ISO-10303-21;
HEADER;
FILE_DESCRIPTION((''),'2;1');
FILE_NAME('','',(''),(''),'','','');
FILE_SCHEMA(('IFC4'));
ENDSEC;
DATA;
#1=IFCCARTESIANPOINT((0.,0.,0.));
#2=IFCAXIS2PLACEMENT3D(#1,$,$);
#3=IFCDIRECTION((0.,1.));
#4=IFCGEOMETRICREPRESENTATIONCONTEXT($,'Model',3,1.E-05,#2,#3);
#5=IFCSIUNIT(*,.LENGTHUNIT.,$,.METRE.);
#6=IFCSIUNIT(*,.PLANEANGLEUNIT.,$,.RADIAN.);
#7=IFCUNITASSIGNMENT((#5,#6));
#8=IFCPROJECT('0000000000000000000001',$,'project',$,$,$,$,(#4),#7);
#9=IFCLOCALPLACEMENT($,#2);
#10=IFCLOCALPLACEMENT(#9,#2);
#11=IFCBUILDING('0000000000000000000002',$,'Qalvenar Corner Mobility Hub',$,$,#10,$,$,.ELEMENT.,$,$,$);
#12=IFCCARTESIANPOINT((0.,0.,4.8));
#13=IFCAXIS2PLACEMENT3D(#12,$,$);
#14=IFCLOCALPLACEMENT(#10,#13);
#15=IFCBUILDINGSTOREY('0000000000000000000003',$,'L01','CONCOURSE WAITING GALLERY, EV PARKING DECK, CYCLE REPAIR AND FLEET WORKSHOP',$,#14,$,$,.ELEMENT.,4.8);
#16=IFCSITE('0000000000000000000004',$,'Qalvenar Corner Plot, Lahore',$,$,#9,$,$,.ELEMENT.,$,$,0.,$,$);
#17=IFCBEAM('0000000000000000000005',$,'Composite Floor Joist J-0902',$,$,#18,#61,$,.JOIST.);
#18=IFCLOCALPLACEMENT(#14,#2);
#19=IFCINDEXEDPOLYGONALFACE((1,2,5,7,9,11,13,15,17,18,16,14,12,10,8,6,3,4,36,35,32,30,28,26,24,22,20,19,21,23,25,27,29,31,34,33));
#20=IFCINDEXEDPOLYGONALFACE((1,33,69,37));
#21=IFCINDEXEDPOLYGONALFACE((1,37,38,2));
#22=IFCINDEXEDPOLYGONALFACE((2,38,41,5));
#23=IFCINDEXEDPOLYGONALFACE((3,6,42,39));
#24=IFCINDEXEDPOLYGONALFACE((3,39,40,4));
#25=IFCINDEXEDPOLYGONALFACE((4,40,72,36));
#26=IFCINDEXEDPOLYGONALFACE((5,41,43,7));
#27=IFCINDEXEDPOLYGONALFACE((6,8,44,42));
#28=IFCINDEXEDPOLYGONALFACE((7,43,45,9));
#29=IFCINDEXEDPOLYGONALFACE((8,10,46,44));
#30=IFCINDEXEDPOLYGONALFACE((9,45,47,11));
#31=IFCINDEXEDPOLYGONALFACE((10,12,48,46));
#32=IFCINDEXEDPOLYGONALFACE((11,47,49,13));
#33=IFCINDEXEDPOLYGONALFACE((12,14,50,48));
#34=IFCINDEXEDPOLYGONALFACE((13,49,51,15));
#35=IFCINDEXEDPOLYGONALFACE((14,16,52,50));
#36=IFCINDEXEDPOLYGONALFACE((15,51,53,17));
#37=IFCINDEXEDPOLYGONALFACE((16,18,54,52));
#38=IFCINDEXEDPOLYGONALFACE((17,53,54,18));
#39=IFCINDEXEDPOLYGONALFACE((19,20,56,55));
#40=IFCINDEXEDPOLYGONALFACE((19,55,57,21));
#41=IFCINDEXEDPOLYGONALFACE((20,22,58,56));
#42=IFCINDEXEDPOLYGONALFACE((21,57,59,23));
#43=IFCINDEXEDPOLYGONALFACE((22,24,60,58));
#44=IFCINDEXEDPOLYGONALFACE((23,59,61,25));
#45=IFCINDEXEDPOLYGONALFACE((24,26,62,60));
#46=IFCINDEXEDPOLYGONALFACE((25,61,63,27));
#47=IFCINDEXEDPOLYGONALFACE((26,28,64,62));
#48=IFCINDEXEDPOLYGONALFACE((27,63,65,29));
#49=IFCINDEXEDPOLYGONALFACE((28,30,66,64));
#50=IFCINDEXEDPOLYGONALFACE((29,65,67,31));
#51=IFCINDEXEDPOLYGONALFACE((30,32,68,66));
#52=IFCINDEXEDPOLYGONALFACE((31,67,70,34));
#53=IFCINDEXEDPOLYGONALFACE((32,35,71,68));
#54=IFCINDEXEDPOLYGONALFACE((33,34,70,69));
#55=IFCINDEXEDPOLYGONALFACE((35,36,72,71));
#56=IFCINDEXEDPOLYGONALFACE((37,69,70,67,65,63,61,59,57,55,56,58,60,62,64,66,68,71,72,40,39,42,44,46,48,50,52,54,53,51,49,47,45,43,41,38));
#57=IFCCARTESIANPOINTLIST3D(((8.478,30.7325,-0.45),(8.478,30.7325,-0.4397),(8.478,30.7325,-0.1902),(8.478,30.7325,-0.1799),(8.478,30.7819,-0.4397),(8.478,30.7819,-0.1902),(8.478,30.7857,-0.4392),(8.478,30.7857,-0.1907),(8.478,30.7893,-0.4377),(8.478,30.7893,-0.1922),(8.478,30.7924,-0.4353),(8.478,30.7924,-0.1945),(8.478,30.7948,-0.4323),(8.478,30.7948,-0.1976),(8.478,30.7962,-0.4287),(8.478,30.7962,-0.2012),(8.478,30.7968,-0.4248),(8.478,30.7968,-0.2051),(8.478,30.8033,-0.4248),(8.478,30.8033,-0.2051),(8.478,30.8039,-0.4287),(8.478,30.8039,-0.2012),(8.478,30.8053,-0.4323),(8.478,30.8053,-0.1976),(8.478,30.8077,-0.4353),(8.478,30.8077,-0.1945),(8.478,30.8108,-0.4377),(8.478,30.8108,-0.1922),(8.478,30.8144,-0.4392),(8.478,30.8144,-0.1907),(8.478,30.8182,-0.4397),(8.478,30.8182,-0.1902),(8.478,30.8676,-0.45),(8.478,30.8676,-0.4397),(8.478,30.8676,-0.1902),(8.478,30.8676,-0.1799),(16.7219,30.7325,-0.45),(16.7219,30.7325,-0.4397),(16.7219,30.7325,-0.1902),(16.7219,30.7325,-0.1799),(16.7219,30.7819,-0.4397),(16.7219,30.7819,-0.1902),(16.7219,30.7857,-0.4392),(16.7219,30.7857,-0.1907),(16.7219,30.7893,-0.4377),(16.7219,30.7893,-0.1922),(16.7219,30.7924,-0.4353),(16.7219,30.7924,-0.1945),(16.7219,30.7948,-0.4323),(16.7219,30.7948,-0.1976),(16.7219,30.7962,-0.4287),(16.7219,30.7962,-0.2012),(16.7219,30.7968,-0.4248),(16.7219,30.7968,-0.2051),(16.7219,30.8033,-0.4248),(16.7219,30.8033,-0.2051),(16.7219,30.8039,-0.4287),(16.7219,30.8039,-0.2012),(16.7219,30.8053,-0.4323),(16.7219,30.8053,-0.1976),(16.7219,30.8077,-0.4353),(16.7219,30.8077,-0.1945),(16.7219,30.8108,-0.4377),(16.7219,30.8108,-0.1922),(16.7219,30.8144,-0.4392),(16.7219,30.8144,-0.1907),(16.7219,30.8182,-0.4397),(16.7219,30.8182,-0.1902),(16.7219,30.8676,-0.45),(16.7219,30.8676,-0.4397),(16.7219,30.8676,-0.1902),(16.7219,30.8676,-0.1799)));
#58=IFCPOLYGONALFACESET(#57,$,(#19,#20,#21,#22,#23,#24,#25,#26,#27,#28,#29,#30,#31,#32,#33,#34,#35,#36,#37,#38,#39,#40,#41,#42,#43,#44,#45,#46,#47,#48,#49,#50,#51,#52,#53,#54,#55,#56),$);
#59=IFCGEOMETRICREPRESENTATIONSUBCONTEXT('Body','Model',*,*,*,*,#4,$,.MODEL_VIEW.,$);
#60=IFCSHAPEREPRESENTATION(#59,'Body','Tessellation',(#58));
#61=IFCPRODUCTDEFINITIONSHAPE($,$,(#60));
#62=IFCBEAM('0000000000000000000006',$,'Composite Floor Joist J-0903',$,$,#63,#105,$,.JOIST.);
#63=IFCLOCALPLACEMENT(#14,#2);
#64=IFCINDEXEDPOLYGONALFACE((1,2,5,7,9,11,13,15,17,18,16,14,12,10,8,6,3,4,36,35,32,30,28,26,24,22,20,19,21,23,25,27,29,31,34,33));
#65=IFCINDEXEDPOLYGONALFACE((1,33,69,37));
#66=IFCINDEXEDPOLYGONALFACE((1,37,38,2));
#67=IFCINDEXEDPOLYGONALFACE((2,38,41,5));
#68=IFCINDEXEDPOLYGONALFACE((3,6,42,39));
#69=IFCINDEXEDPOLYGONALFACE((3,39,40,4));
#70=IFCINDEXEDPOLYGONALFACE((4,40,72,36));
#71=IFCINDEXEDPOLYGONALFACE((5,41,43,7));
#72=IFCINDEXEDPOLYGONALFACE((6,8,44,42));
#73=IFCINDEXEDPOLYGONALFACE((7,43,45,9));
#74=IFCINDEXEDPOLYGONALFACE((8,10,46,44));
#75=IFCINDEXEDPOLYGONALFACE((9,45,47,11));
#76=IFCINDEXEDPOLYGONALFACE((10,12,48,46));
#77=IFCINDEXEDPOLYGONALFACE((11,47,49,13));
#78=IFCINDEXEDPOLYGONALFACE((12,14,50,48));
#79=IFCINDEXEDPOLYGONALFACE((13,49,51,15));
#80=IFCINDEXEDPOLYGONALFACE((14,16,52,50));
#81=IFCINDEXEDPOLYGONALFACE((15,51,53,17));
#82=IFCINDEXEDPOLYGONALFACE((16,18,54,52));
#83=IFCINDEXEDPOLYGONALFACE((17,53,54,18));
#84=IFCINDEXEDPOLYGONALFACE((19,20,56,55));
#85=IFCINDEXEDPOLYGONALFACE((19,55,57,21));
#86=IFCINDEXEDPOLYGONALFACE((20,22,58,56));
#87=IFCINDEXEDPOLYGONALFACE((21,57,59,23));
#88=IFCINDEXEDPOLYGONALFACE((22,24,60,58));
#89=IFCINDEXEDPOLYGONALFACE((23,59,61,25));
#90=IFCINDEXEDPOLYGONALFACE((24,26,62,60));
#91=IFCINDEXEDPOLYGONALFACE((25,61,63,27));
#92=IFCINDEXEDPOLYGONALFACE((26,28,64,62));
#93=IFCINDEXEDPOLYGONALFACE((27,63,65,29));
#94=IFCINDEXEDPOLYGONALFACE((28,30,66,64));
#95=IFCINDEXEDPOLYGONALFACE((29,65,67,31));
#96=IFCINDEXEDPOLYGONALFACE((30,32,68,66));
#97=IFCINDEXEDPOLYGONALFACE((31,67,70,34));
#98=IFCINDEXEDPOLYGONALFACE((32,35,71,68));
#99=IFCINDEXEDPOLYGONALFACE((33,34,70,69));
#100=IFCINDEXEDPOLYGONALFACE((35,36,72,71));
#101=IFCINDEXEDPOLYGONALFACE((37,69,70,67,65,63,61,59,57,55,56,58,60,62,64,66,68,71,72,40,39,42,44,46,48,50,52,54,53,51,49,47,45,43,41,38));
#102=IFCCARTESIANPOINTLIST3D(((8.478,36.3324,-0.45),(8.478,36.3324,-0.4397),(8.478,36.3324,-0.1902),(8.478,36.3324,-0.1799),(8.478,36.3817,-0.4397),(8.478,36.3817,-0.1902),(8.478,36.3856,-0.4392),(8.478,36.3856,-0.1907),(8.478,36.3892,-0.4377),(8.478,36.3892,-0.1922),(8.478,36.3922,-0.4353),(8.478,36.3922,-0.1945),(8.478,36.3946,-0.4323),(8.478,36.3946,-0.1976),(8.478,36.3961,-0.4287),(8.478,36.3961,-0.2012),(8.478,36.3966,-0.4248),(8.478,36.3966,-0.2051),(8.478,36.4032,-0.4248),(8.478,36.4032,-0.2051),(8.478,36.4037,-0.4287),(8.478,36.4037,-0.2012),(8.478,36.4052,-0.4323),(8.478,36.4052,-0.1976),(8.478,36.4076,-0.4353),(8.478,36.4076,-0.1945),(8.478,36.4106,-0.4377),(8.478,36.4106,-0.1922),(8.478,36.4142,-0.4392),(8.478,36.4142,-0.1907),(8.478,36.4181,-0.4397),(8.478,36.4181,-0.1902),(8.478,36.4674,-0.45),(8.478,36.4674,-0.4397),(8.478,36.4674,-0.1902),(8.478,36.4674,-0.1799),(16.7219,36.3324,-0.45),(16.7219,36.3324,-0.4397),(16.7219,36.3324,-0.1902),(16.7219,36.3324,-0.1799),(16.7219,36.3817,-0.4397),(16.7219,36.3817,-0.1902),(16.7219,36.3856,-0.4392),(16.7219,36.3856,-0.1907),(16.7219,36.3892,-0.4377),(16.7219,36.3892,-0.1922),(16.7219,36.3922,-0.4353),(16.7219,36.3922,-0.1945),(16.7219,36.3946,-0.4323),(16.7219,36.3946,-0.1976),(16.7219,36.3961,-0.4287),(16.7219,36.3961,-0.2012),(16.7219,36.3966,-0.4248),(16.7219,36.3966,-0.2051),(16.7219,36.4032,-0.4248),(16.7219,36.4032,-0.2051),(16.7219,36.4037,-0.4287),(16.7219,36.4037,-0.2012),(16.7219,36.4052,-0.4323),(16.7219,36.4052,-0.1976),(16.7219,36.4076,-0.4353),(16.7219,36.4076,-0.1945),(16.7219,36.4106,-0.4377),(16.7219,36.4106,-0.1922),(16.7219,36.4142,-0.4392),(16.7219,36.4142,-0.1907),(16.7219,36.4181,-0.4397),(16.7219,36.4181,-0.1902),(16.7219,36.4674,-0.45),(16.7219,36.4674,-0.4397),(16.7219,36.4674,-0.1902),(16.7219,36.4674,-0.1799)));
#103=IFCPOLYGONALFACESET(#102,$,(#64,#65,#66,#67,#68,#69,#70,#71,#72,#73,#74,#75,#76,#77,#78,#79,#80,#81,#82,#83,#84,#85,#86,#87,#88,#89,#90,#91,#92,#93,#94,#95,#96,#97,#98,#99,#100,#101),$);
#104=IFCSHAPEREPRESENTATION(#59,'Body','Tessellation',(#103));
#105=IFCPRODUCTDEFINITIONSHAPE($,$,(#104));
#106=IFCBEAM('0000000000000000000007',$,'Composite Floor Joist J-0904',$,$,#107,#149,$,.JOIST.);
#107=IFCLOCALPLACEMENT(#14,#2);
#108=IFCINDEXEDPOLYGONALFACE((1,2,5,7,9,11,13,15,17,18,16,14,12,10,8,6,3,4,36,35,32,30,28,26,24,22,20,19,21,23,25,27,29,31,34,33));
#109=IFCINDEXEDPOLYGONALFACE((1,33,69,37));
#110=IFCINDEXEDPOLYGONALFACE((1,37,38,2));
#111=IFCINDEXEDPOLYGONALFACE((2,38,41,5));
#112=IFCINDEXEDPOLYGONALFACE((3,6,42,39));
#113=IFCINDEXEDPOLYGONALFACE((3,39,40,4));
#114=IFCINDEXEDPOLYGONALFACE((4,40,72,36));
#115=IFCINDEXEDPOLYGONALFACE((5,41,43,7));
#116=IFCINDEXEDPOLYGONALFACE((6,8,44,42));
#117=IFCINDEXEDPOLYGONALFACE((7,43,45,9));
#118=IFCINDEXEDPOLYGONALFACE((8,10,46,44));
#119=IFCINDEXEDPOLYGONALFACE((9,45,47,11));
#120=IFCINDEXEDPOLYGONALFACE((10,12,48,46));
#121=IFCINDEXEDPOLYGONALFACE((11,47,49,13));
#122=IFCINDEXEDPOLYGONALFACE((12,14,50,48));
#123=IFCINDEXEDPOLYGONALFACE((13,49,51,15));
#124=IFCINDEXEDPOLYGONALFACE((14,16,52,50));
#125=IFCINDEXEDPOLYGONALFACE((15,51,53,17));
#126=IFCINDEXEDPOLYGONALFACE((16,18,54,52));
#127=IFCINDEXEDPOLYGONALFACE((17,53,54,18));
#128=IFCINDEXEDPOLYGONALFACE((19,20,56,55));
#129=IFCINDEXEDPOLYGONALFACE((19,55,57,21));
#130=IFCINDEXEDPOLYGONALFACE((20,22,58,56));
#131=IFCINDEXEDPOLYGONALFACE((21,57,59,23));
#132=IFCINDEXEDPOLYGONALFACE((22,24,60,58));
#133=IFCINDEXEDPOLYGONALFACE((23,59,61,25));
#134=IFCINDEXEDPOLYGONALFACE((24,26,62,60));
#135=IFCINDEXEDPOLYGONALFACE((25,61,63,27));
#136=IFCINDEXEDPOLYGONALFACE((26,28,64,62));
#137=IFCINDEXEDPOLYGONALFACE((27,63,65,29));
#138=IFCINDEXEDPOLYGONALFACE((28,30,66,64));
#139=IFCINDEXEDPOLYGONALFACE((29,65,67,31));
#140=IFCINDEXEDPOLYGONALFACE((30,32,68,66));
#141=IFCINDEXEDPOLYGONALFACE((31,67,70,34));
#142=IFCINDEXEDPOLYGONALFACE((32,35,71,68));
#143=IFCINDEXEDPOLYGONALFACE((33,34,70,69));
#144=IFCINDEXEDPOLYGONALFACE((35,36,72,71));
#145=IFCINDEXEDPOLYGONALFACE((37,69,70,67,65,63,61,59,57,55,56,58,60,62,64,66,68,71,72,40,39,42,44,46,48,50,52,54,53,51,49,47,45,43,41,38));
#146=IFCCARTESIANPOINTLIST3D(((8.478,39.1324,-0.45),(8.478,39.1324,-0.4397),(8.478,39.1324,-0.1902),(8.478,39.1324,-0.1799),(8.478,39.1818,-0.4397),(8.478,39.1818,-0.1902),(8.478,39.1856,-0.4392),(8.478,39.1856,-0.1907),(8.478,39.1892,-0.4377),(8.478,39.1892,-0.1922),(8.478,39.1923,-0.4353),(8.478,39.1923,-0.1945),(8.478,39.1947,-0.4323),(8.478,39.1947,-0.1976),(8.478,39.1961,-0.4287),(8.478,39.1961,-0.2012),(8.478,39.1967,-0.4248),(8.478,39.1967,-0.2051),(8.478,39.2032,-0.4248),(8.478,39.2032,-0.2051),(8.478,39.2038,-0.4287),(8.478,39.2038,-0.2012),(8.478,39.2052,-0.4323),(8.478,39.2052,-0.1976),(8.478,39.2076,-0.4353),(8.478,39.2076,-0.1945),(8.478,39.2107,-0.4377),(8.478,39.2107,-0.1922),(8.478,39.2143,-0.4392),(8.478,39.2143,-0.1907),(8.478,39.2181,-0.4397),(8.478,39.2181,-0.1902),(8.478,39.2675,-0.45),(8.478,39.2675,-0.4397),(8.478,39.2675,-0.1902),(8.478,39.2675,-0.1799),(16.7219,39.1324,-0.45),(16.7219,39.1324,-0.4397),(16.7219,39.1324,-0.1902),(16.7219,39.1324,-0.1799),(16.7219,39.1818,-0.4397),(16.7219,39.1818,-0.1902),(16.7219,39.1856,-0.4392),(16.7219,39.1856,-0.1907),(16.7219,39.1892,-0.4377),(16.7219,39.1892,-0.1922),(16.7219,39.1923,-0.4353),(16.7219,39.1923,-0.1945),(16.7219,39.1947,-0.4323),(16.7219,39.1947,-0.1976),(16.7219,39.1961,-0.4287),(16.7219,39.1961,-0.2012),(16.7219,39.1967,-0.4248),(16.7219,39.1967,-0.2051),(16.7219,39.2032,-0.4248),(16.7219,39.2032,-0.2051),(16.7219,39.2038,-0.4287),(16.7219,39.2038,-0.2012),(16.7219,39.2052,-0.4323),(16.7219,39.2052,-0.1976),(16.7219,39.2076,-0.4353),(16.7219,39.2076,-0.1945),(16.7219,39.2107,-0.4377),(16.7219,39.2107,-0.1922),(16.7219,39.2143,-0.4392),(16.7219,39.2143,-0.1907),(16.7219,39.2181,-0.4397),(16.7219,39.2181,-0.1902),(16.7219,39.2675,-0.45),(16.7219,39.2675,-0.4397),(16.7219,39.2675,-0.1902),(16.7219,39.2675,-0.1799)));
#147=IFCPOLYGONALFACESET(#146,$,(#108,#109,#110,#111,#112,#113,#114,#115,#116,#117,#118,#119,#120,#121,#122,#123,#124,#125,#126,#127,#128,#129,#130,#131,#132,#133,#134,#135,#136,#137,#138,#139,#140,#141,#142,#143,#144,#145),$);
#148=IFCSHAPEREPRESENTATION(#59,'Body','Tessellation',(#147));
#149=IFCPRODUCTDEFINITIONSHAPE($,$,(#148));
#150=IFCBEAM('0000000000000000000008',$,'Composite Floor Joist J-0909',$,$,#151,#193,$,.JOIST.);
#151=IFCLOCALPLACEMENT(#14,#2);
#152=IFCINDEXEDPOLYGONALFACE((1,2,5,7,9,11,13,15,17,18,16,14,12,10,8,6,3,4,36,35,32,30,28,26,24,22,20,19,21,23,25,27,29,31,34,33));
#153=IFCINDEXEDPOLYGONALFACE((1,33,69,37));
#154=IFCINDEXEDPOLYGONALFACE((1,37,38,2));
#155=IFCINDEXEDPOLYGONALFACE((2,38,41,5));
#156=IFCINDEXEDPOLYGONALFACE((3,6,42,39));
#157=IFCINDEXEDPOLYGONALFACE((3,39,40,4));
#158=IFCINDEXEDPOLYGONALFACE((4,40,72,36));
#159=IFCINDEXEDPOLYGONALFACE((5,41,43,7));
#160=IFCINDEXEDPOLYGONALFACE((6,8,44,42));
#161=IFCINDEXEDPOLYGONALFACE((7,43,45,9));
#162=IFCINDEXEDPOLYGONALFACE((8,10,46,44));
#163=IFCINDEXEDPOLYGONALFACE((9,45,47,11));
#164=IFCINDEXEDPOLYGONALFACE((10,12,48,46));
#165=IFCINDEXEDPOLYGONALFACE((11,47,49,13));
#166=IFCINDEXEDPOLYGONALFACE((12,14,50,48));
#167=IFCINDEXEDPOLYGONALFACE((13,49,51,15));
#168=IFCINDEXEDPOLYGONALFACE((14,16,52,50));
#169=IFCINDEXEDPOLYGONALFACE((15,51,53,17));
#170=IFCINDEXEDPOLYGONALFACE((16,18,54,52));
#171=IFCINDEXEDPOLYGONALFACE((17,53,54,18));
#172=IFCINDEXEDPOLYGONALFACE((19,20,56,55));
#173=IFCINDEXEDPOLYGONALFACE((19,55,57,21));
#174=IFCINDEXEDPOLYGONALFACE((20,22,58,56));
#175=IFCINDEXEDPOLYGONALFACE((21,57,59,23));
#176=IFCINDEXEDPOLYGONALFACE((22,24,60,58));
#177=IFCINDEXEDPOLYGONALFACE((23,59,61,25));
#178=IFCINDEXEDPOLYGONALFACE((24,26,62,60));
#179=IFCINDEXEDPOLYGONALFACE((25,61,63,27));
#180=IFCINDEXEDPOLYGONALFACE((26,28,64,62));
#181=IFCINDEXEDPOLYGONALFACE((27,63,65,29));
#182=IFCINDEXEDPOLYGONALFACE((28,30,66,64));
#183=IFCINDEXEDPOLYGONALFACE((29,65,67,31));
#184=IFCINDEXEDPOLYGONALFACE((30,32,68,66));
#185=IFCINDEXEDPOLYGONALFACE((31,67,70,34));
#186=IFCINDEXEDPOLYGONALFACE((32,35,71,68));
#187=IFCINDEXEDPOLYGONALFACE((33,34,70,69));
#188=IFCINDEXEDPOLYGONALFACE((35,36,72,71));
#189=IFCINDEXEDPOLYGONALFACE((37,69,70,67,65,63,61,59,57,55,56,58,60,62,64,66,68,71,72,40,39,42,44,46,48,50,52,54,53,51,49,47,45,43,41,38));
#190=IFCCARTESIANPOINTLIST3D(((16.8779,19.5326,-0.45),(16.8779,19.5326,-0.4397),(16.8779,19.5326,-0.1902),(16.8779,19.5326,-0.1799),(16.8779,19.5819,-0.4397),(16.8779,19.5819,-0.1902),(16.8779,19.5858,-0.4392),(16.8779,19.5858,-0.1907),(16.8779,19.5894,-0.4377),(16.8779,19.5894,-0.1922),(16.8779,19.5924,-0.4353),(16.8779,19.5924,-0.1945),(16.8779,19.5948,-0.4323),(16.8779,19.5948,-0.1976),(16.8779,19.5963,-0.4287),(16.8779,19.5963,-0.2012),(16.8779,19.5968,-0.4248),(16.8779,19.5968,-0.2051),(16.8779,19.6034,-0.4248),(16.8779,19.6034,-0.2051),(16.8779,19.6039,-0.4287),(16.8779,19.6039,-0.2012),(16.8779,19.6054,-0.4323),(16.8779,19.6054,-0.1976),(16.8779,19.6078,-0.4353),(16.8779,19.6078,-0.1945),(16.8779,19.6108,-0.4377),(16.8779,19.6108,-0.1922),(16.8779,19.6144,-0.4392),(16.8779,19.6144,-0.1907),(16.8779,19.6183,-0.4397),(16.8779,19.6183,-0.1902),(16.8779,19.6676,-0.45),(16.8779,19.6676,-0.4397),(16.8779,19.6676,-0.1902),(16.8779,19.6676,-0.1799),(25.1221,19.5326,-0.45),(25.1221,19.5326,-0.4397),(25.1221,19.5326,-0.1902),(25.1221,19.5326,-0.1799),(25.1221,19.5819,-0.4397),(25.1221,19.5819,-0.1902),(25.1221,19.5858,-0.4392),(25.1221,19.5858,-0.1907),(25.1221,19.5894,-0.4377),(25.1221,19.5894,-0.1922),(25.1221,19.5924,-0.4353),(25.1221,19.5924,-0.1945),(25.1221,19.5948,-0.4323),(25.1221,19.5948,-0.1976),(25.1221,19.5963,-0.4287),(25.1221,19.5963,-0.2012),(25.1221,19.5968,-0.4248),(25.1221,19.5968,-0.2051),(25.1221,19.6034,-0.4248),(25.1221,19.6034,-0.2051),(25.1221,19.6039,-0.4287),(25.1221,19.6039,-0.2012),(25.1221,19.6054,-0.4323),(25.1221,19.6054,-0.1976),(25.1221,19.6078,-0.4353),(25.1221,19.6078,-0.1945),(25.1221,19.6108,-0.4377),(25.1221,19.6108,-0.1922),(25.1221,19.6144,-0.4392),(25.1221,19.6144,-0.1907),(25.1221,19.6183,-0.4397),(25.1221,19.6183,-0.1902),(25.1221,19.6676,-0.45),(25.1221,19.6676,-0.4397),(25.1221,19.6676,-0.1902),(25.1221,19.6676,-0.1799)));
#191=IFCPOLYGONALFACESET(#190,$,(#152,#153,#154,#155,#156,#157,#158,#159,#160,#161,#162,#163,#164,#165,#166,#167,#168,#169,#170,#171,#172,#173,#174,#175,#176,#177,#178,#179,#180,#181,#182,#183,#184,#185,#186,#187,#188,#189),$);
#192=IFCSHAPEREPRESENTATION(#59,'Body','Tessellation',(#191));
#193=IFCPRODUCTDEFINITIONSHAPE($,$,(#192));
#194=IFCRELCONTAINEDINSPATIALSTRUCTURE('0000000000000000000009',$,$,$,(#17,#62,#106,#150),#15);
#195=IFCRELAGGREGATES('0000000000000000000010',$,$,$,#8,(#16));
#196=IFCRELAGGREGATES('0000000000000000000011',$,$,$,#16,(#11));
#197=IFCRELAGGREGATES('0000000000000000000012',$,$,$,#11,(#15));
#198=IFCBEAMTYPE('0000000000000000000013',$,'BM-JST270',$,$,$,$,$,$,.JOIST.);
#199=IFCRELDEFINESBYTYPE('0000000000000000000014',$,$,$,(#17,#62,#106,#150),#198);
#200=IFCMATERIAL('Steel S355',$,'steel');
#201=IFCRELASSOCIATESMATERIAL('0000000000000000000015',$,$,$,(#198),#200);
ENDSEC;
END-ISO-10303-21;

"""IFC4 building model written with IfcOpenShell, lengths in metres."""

from ifc_helpers import new_model, si_unit, direction, frame, origin, origin_2d, place, context, subcontext, project, spatial, i_section, extrude, material, material_profile, profile_set, type_object, element, save


model = new_model("IFC4")

# Units and contexts
model_context = context("Model", 3, precision=1e-05, world=origin(), true_north=direction((0.0, 1.0)))
body_context = subcontext(model_context, "Body", "Model", "MODEL_VIEW")
ifc_project = project(units=[si_unit("LENGTHUNIT", "METRE"), si_unit("PLANEANGLEUNIT", "RADIAN")], contexts=[model_context])

# Site, building, storey
site_placement = place(None, origin())
site = spatial("IfcSite", under=ifc_project, at=site_placement, Name="Qalvenar Corner Plot, Lahore", CompositionType="ELEMENT", RefElevation=0.0)
building_placement = place(site_placement, origin())
building = spatial("IfcBuilding", under=site, at=building_placement, Name="Qalvenar Corner Mobility Hub", CompositionType="ELEMENT")
storey_placement = place(building_placement, frame((0.0, 0.0, 4.8)))
storey = spatial("IfcBuildingStorey", under=building, at=storey_placement, Name="L01", Description="CONCOURSE WAITING GALLERY, EV PARKING DECK, CYCLE REPAIR AND FLEET WORKSHOP", CompositionType="ELEMENT", Elevation=4.8)

# Shared definitions
ifc_material_1 = material(Name="Steel S355", Category="steel")

# Beams
ifc_material_profile_1 = material_profile(ifc_material_1, i_section(OverallWidth=0.135, OverallDepth=0.27, WebThickness=0.0066, FlangeThickness=0.0103, FilletRadius=0.0149, at=origin_2d()), Name="IPE270")
ifc_profile_set_1 = profile_set([ifc_material_profile_1], Name="Steel S355")
beam_type_1 = type_object("IfcBeamType", Name="BM-JST270", PredefinedType="JOIST", material=ifc_profile_set_1)
for number, where, z_axis, x_axis, name in (
    (1, (8.478, 30.8, -0.3149), (1.0, 0.0, 0.0), (0.0, 1.0, 0.0), "Composite Floor Joist J-0902"),
    (2, (8.478, 36.3999, -0.3149), (1.0, 0.0, 0.0), (0.0, 1.0, 0.0), "Composite Floor Joist J-0903"),
    (3, (8.478, 39.2, -0.3149), (1.0, 0.0, 0.0), (0.0, 1.0, 0.0), "Composite Floor Joist J-0904"),
):
    element("IfcBeam", number, at=place(storey_placement, frame(where, z_axis=z_axis, x_axis=x_axis)), inside=storey, type_object=beam_type_1, Name=name, PredefinedType="JOIST", context=body_context, shape_type="SweptSolid", body=[
        extrude(i_section(OverallWidth=0.135, OverallDepth=0.27, WebThickness=0.0066, FlangeThickness=0.0103, FilletRadius=0.0149, at=origin_2d()), origin(), (0.0, 0.0, 1.0), 8.2439),
    ])
for number, where, z_axis, x_axis, name in (
    (4, (16.8779, 19.6001, -0.3149), (1.0, 0.0, 0.0), (0.0, 1.0, 0.0), "Composite Floor Joist J-0909"),
):
    element("IfcBeam", number, at=place(storey_placement, frame(where, z_axis=z_axis, x_axis=x_axis)), inside=storey, type_object=beam_type_1, Name=name, PredefinedType="JOIST", context=body_context, shape_type="SweptSolid", body=[
        extrude(i_section(OverallWidth=0.135, OverallDepth=0.27, WebThickness=0.0066, FlangeThickness=0.0103, FilletRadius=0.0149, at=origin_2d()), origin(), (0.0, 0.0, 1.0), 8.2441),
    ])

save(model, "model.ifc")
